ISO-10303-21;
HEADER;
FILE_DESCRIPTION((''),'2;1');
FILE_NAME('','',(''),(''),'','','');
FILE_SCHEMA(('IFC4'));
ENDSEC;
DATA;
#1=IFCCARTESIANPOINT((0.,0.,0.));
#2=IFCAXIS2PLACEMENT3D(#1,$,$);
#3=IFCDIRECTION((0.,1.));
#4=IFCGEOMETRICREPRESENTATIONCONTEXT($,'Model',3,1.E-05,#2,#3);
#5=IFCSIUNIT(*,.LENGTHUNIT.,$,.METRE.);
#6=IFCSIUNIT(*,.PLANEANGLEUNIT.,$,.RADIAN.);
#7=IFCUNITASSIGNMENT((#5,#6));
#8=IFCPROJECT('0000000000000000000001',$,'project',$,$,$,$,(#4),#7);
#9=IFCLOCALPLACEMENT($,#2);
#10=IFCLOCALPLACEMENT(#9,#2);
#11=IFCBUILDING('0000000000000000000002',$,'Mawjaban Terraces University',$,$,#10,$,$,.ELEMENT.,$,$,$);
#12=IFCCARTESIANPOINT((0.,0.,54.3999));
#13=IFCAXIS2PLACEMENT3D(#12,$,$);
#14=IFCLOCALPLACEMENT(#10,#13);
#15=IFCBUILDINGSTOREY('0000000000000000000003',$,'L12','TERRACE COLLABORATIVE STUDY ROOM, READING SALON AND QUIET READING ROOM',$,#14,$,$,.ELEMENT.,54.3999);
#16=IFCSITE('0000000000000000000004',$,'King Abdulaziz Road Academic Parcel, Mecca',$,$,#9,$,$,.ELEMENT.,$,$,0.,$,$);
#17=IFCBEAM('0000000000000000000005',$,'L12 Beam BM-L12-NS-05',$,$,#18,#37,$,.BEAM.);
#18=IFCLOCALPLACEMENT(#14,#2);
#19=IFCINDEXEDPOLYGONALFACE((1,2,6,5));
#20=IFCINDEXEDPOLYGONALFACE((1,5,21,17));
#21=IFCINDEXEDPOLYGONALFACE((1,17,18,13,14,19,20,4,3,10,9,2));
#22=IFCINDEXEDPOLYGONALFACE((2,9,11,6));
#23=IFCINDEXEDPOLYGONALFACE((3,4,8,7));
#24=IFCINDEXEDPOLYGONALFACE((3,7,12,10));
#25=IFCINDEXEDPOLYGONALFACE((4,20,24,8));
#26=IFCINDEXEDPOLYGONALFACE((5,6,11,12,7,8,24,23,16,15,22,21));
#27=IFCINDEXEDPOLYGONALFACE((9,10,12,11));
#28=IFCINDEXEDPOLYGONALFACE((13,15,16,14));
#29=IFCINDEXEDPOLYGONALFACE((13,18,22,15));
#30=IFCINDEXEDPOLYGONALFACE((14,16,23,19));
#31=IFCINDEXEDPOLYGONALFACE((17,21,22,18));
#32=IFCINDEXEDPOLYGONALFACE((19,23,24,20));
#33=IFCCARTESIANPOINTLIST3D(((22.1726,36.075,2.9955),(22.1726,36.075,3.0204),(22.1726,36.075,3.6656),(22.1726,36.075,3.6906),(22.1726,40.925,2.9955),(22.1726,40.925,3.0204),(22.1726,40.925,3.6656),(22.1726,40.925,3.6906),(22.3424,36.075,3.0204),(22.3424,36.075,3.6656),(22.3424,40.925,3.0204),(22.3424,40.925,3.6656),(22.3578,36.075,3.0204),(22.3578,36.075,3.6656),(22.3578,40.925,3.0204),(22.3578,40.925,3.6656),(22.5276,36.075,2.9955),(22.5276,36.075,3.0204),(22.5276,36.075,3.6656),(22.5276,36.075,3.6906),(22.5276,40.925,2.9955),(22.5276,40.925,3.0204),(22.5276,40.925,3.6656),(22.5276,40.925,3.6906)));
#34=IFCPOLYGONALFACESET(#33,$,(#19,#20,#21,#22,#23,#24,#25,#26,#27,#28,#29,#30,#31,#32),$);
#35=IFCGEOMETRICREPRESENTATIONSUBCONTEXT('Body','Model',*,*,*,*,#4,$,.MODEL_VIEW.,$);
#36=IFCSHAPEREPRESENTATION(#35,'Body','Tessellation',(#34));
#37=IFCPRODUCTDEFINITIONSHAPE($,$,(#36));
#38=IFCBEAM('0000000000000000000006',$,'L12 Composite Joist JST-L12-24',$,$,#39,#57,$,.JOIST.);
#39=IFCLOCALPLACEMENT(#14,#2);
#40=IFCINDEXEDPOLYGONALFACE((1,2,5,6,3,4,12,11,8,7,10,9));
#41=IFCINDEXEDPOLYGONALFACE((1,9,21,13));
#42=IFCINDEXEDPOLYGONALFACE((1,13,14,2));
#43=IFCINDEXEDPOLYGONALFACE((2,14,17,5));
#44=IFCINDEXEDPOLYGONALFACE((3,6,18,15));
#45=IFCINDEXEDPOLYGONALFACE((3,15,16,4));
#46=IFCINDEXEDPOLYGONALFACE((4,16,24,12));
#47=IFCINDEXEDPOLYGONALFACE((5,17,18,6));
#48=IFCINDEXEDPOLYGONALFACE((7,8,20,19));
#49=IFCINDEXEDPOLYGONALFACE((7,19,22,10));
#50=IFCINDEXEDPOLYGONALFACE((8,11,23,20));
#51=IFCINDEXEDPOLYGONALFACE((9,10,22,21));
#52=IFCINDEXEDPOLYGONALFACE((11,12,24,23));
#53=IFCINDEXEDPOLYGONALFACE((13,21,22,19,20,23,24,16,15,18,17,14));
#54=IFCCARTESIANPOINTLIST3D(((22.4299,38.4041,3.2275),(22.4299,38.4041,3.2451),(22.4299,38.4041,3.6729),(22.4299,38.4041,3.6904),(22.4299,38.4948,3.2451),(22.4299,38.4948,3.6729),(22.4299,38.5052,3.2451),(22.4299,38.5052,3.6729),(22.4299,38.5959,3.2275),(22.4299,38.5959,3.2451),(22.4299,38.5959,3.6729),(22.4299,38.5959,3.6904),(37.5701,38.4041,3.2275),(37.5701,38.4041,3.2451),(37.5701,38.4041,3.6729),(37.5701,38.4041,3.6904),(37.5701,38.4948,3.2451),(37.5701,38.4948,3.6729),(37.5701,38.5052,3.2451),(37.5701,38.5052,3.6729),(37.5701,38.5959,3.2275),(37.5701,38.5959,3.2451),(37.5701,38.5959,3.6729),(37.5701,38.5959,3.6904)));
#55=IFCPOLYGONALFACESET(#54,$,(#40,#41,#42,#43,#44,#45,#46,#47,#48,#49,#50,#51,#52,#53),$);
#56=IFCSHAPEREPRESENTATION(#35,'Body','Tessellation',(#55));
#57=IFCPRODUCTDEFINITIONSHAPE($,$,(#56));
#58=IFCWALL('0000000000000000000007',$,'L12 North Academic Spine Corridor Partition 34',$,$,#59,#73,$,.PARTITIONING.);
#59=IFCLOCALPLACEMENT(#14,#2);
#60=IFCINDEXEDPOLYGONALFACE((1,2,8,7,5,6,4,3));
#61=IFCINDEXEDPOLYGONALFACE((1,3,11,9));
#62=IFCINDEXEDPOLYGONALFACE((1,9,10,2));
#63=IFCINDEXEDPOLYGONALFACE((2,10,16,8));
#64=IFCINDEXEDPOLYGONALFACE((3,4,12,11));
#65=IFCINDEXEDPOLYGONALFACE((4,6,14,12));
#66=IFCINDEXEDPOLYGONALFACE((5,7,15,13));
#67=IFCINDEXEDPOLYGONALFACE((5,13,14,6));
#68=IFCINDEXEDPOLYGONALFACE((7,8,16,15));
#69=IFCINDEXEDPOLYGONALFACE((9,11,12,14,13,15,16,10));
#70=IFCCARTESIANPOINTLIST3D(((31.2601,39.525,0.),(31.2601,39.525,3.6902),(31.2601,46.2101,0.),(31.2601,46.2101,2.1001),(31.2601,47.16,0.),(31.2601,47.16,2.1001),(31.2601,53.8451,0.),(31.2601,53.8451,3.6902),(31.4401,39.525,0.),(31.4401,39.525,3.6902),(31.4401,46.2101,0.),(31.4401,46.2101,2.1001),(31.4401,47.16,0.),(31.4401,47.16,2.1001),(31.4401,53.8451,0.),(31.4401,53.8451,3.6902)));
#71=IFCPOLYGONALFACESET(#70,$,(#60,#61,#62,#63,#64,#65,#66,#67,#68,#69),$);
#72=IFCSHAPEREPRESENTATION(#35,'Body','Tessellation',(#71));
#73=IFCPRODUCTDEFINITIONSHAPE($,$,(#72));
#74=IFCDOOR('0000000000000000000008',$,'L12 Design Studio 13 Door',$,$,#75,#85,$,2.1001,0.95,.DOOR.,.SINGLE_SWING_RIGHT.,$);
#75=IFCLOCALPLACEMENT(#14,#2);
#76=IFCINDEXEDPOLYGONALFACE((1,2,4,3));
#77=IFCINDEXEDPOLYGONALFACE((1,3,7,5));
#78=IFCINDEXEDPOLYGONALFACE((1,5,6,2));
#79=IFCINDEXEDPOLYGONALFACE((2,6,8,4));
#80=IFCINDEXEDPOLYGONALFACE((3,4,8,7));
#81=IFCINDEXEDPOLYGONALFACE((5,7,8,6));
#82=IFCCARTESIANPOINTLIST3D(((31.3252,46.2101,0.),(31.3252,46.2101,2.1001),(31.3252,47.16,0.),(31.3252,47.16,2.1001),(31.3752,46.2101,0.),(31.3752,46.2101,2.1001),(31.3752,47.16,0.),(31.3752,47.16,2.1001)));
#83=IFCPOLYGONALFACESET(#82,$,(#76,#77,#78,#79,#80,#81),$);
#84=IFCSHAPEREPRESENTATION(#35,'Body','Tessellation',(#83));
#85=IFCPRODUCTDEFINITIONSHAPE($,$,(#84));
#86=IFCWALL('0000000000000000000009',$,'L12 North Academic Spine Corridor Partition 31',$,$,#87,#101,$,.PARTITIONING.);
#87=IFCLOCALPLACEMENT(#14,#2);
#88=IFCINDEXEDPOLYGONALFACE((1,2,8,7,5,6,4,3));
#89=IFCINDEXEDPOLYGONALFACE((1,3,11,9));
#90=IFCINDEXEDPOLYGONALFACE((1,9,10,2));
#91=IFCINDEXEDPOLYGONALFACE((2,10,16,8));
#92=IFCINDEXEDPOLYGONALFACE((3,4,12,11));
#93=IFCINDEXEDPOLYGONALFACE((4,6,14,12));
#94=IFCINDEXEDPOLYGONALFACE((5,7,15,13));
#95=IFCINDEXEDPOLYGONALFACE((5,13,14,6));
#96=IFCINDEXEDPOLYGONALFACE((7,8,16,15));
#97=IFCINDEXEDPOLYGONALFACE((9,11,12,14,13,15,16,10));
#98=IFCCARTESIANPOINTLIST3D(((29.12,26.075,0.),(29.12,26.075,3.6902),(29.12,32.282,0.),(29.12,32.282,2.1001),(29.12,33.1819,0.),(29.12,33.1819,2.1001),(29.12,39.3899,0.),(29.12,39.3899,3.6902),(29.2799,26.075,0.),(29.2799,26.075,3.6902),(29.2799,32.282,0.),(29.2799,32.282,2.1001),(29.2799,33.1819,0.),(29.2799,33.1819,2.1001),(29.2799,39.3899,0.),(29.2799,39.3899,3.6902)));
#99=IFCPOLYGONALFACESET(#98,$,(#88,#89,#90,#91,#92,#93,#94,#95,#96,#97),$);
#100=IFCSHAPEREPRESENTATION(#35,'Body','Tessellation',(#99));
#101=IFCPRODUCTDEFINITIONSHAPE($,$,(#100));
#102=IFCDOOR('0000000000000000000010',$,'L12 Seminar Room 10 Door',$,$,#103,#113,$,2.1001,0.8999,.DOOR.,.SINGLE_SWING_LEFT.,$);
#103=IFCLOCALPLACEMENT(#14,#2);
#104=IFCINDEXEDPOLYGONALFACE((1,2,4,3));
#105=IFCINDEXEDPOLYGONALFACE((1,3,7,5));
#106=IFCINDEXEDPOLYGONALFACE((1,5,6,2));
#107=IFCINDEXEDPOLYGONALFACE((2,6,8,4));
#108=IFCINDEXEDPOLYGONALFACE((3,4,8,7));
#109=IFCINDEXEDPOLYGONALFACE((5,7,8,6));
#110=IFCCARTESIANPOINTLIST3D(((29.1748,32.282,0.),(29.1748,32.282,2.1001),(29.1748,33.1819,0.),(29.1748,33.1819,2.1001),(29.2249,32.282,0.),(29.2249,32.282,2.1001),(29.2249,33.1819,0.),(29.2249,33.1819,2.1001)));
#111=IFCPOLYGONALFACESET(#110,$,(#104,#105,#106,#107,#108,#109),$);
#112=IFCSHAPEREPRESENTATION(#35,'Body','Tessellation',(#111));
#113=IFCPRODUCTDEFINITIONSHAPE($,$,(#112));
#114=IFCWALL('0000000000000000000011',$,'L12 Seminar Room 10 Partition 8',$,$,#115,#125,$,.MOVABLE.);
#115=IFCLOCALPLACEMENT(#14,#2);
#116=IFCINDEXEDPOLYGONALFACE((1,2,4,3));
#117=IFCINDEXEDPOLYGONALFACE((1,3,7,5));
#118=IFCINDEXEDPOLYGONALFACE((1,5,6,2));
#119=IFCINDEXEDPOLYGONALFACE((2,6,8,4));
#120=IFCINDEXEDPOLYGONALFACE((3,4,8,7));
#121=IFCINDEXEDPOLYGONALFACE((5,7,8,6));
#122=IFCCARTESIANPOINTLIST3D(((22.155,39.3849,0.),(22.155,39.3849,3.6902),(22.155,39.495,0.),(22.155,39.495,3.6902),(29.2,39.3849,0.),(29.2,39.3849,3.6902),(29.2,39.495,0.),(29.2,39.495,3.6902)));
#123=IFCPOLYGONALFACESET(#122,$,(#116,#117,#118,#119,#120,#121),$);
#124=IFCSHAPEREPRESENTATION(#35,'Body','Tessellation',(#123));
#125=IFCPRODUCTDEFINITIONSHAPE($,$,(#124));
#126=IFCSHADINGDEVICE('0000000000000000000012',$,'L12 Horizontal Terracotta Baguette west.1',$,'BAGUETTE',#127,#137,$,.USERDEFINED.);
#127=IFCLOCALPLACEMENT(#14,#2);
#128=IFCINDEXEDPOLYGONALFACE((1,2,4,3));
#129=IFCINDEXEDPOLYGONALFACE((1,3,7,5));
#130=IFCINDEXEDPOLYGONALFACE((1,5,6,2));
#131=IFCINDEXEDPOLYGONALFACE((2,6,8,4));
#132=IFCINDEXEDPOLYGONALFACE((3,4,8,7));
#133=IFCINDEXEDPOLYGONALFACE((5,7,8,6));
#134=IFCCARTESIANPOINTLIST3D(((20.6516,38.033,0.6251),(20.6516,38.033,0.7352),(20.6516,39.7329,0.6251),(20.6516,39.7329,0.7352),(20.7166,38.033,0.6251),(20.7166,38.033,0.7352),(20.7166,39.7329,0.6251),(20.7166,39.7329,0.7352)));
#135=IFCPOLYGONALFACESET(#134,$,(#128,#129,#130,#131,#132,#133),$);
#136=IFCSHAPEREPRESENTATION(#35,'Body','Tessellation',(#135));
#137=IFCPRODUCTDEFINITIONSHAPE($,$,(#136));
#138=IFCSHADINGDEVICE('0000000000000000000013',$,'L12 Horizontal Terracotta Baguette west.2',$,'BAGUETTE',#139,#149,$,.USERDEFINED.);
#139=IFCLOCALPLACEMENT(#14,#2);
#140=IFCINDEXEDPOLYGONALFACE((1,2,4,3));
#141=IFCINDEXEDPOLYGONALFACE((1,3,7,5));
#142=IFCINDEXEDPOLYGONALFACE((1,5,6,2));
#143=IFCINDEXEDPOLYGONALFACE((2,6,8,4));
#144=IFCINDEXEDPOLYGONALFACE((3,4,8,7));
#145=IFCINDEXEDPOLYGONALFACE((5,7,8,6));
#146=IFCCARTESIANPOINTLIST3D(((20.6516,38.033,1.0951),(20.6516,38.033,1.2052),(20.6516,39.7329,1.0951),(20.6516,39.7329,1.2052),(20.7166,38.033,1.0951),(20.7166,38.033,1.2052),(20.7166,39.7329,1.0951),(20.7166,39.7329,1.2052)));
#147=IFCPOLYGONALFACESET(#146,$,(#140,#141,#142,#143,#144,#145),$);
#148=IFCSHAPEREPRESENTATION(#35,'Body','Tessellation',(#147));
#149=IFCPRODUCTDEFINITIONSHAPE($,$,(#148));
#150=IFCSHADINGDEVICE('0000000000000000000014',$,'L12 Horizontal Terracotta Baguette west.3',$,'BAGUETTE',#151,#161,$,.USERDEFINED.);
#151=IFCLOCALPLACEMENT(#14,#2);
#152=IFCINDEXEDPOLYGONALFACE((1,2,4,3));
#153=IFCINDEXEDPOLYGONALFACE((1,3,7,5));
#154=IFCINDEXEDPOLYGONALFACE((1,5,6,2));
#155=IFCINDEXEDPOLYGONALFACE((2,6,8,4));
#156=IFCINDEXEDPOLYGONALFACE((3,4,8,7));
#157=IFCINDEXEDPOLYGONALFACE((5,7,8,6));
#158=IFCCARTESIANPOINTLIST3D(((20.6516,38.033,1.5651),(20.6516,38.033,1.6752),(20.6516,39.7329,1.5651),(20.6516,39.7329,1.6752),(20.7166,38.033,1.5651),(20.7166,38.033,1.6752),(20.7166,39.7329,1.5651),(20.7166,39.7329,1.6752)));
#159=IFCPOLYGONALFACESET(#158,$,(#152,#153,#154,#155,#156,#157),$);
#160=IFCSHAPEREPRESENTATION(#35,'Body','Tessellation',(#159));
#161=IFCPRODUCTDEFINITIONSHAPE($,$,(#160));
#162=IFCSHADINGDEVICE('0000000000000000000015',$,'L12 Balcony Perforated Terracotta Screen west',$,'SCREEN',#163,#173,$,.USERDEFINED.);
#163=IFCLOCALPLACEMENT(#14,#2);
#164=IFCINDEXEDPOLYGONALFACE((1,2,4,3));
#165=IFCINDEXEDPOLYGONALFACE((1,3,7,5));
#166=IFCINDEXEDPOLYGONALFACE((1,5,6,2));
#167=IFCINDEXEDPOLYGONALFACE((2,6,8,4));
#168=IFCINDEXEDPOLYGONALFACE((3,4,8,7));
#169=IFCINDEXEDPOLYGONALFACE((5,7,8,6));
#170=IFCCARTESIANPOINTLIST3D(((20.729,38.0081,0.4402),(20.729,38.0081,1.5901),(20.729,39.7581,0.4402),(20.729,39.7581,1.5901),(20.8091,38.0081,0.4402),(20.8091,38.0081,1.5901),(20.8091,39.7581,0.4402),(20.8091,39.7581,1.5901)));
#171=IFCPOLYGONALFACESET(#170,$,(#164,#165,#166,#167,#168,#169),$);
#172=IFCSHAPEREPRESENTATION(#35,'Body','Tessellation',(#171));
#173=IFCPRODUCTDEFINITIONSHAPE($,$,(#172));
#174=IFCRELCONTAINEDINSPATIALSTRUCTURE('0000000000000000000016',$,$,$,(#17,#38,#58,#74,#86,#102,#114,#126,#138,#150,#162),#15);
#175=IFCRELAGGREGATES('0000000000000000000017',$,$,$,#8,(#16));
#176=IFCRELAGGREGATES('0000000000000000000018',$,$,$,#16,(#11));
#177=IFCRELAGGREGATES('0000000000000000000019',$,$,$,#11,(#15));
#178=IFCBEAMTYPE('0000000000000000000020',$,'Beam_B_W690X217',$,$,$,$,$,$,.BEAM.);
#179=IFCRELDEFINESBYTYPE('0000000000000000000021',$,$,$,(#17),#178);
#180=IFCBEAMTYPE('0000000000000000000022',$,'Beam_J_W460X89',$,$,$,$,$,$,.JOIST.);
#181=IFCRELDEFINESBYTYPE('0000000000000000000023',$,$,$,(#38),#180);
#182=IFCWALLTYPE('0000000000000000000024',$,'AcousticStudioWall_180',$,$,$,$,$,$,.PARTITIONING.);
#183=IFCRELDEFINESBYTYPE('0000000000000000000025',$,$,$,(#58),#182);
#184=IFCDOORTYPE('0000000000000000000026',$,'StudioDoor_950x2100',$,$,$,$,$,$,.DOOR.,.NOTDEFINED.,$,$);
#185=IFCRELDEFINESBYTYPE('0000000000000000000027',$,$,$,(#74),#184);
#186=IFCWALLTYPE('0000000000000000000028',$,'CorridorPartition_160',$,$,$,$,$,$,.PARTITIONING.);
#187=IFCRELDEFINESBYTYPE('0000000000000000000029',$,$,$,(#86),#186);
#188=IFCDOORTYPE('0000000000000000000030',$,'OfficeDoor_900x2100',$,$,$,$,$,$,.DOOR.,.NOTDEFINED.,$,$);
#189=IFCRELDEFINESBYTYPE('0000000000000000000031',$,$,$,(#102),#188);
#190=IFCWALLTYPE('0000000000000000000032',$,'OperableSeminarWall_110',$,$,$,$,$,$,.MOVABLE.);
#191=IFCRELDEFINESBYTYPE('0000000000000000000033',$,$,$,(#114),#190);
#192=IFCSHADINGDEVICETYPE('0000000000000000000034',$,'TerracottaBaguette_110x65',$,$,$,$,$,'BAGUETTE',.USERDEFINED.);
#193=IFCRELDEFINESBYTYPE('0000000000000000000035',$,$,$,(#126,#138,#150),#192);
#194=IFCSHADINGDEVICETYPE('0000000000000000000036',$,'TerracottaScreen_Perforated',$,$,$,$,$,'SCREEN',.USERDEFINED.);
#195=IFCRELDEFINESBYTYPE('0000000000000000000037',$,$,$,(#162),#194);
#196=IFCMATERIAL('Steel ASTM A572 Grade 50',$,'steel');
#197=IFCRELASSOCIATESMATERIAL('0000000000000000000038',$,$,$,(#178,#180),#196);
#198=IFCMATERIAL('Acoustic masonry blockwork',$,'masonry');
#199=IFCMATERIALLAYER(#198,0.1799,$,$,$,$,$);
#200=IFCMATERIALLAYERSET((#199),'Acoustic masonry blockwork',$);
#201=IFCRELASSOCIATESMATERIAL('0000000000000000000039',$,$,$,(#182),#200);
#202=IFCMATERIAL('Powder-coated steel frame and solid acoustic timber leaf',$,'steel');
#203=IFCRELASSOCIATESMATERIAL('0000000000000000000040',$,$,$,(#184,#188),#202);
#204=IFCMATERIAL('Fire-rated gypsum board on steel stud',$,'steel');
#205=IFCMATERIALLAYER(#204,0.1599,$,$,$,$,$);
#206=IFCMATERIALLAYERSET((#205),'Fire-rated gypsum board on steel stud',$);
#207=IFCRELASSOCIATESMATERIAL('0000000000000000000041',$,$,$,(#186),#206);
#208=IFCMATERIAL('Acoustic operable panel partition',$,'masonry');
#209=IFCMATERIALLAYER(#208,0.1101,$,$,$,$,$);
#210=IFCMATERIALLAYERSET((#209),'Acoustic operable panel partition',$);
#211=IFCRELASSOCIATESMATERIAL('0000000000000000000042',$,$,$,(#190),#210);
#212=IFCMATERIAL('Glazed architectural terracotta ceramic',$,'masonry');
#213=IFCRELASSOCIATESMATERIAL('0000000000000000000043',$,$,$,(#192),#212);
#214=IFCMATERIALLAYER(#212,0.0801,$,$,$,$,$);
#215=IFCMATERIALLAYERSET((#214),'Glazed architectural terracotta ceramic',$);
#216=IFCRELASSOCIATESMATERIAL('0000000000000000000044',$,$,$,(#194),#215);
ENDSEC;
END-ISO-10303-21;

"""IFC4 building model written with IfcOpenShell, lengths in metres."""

from ifc_helpers import new_model, si_unit, direction, frame, frame_2d, origin, origin_2d, place, context, subcontext, project, spatial, rectangle, i_section, extrude, material, layer, layer_set, material_profile, profile_set, type_object, element, fill, save


model = new_model("IFC4")

# Units and contexts
model_context = context("Model", 3, precision=1e-05, world=origin(), true_north=direction((0.0, 1.0)))
body_context = subcontext(model_context, "Body", "Model", "MODEL_VIEW")
ifc_project = project(units=[si_unit("LENGTHUNIT", "METRE"), si_unit("PLANEANGLEUNIT", "RADIAN")], contexts=[model_context])

# Site, building, storey
site_placement = place(None, origin())
site = spatial("IfcSite", under=ifc_project, at=site_placement, Name="King Abdulaziz Road Academic Parcel, Mecca", CompositionType="ELEMENT", RefElevation=0.0)
building_placement = place(site_placement, origin())
building = spatial("IfcBuilding", under=site, at=building_placement, Name="Mawjaban Terraces University", CompositionType="ELEMENT")
storey_placement = place(building_placement, frame((0.0, 0.0, 54.3999)))
storey = spatial("IfcBuildingStorey", under=building, at=storey_placement, Name="L12", Description="TERRACE COLLABORATIVE STUDY ROOM, READING SALON AND QUIET READING ROOM", CompositionType="ELEMENT", Elevation=54.3999)

# Beams
ifc_material_1 = material(Name="Steel ASTM A572 Grade 50", Category="steel")
ifc_material_profile_1 = material_profile(ifc_material_1, i_section(OverallWidth=0.355, OverallDepth=0.6951, WebThickness=0.0154, FlangeThickness=0.0249, at=origin_2d()), Name="W690X217")
ifc_profile_set_1 = profile_set([ifc_material_profile_1], Name="Steel ASTM A572 Grade 50")
beam_type_1 = type_object("IfcBeamType", Name="Beam_B_W690X217", PredefinedType="BEAM", material=ifc_profile_set_1)
beam_1_placement = place(storey_placement, frame((22.3501, 36.075, 3.343), z_axis=(0.0, 1.0, 0.0), x_axis=(-1.0, 0.0, 0.0)))
element("IfcBeam", 1, at=beam_1_placement, inside=storey, type_object=beam_type_1, Name="L12 Beam BM-L12-NS-05", PredefinedType="BEAM", context=body_context, shape_type="SweptSolid", body=[
    extrude(i_section(OverallWidth=0.355, OverallDepth=0.6951, WebThickness=0.0154, FlangeThickness=0.0249, at=origin_2d()), origin(), (0.0, 0.0, 1.0), 4.8501),
])
ifc_material_profile_2 = material_profile(ifc_material_1, i_section(OverallWidth=0.1919, OverallDepth=0.4629, WebThickness=0.0105, FlangeThickness=0.0176, at=origin_2d()), Name="W460X89")
ifc_profile_set_2 = profile_set([ifc_material_profile_2], Name="Steel ASTM A572 Grade 50")
beam_type_2 = type_object("IfcBeamType", Name="Beam_J_W460X89", PredefinedType="JOIST", material=ifc_profile_set_2)
beam_2_placement = place(storey_placement, frame((22.4299, 38.5, 3.459), z_axis=(1.0, 0.0, 0.0), x_axis=(0.0, 1.0, 0.0)))
element("IfcBeam", 2, at=beam_2_placement, inside=storey, type_object=beam_type_2, Name="L12 Composite Joist JST-L12-24", PredefinedType="JOIST", context=body_context, shape_type="SweptSolid", body=[
    extrude(i_section(OverallWidth=0.1919, OverallDepth=0.4629, WebThickness=0.0105, FlangeThickness=0.0176, at=origin_2d()), origin(), (0.0, 0.0, 1.0), 15.1401),
])

# Walls, openings, doors
ifc_material_2 = material(Name="Acoustic masonry blockwork", Category="masonry")
ifc_layer_1 = layer(ifc_material_2, 0.1799)
ifc_layer_set_1 = layer_set([ifc_layer_1], Name="Acoustic masonry blockwork")
wall_type_1 = type_object("IfcWallType", Name="AcousticStudioWall_180", PredefinedType="PARTITIONING", material=ifc_layer_set_1)
wall_1_placement = place(storey_placement, frame((31.3501, 39.5249, 0.0), z_axis=(0.0, 0.0, 1.0), x_axis=(0.0, 1.0, 0.0)))
wall_1 = element("IfcWall", 3, at=wall_1_placement, inside=storey, type_object=wall_type_1, Name="L12 North Academic Spine Corridor Partition 34", PredefinedType="PARTITIONING", context=body_context, shape_type="SweptSolid", body=[
    extrude(rectangle(XDim=14.3201, YDim=0.1799, at=frame_2d((7.1602, 0.0))), origin(), (0.0, 0.0, 1.0), 3.6902),
])
opening_1_placement = place(wall_1_placement, frame((6.6851, 0.0, 0.0)))
opening_1 = element("IfcOpeningElement", 4, at=opening_1_placement, cuts=wall_1, PredefinedType="OPENING", context=body_context, shape_type="SweptSolid", body=[
    extrude(rectangle(XDim=0.95, YDim=2.1001, at=frame_2d((0.4751, 1.05))), frame((0.0, 0.0999, 0.0), z_axis=(0.0, -1.0, 0.0), x_axis=(1.0, 0.0, 0.0)), (0.0, 0.0, 1.0), 0.2),
])
ifc_material_3 = material(Name="Powder-coated steel frame and solid acoustic timber leaf", Category="steel")
door_type_1 = type_object("IfcDoorType", Name="StudioDoor_950x2100", OperationType="NOTDEFINED", PredefinedType="DOOR", material=ifc_material_3)
door_1_placement = place(opening_1_placement, origin())
door_1 = element("IfcDoor", 5, at=door_1_placement, inside=storey, type_object=door_type_1, Name="L12 Design Studio 13 Door", OperationType="SINGLE_SWING_RIGHT", OverallHeight=2.1001, OverallWidth=0.95, PredefinedType="DOOR", context=body_context, shape_type="SweptSolid", body=[
    extrude(rectangle(XDim=0.95, YDim=2.1001, at=frame_2d((0.4751, 1.05))), frame((0.0, 0.0249, 0.0), z_axis=(0.0, -1.0, 0.0), x_axis=(1.0, 0.0, 0.0)), (0.0, 0.0, 1.0), 0.05),
])
fill(opening_1, door_1)
ifc_material_4 = material(Name="Fire-rated gypsum board on steel stud", Category="steel")
ifc_layer_2 = layer(ifc_material_4, 0.1599)
ifc_layer_set_2 = layer_set([ifc_layer_2], Name="Fire-rated gypsum board on steel stud")
wall_type_2 = type_object("IfcWallType", Name="CorridorPartition_160", PredefinedType="PARTITIONING", material=ifc_layer_set_2)
wall_2_placement = place(storey_placement, frame((29.2, 39.3899, 0.0), z_axis=(0.0, 0.0, 1.0), x_axis=(0.0, -1.0, 0.0)))
wall_2 = element("IfcWall", 6, at=wall_2_placement, inside=storey, type_object=wall_type_2, Name="L12 North Academic Spine Corridor Partition 31", PredefinedType="PARTITIONING", context=body_context, shape_type="SweptSolid", body=[
    extrude(rectangle(XDim=13.3149, YDim=0.1599, at=frame_2d((6.6575, 0.0))), origin(), (0.0, 0.0, 1.0), 3.6902),
])
opening_2_placement = place(wall_2_placement, frame((6.208, 0.0, 0.0)))
opening_2 = element("IfcOpeningElement", 7, at=opening_2_placement, cuts=wall_2, PredefinedType="OPENING", context=body_context, shape_type="SweptSolid", body=[
    extrude(rectangle(XDim=0.8999, YDim=2.1001, at=frame_2d((0.45, 1.05))), frame((0.0, 0.0898, 0.0), z_axis=(0.0, -1.0, 0.0), x_axis=(1.0, 0.0, 0.0)), (0.0, 0.0, 1.0), 0.1799),
])
door_type_2 = type_object("IfcDoorType", Name="OfficeDoor_900x2100", OperationType="NOTDEFINED", PredefinedType="DOOR", material=ifc_material_3)
door_2_placement = place(opening_2_placement, origin())
door_2 = element("IfcDoor", 8, at=door_2_placement, inside=storey, type_object=door_type_2, Name="L12 Seminar Room 10 Door", OperationType="SINGLE_SWING_LEFT", OverallHeight=2.1001, OverallWidth=0.8999, PredefinedType="DOOR", context=body_context, shape_type="SweptSolid", body=[
    extrude(rectangle(XDim=0.8999, YDim=2.1001, at=frame_2d((0.45, 1.05))), frame((0.0, 0.0249, 0.0), z_axis=(0.0, -1.0, 0.0), x_axis=(1.0, 0.0, 0.0)), (0.0, 0.0, 1.0), 0.05),
])
fill(opening_2, door_2)

# Wall
ifc_material_5 = material(Name="Acoustic operable panel partition", Category="masonry")
ifc_layer_3 = layer(ifc_material_5, 0.1101)
ifc_layer_set_3 = layer_set([ifc_layer_3], Name="Acoustic operable panel partition")
wall_type_3 = type_object("IfcWallType", Name="OperableSeminarWall_110", PredefinedType="MOVABLE", material=ifc_layer_set_3)
wall_3_placement = place(storey_placement, frame((29.2, 39.4399, 0.0), z_axis=(0.0, 0.0, 1.0), x_axis=(-1.0, 0.0, 0.0)))
element("IfcWall", 9, at=wall_3_placement, inside=storey, type_object=wall_type_3, Name="L12 Seminar Room 10 Partition 8", PredefinedType="MOVABLE", context=body_context, shape_type="SweptSolid", body=[
    extrude(rectangle(XDim=7.0449, YDim=0.1101, at=frame_2d((3.5225, 0.0))), origin(), (0.0, 0.0, 1.0), 3.6902),
])

# Shading devices
ifc_material_6 = material(Name="Glazed architectural terracotta ceramic", Category="masonry")
ifc_material_profile_3 = material_profile(ifc_material_6, rectangle(XDim=0.0649, YDim=0.1101, at=origin_2d()), Name="TBAG110X65")
ifc_profile_set_3 = profile_set([ifc_material_profile_3], Name="Glazed architectural terracotta ceramic")
shading_device_type_1 = type_object("IfcShadingDeviceType", Name="TerracottaBaguette_110x65", ElementType="BAGUETTE", PredefinedType="USERDEFINED", material=ifc_profile_set_3)
for number, where, z_axis, x_axis, name in (
    (10, (20.6841, 38.033, 0.6802), (0.0, 1.0, 0.0), (-1.0, 0.0, 0.0), "L12 Horizontal Terracotta Baguette west.1"),
    (11, (20.6841, 38.033, 1.1501), (0.0, 1.0, 0.0), (-1.0, 0.0, 0.0), "L12 Horizontal Terracotta Baguette west.2"),
    (12, (20.6841, 38.033, 1.6201), (0.0, 1.0, 0.0), (-1.0, 0.0, 0.0), "L12 Horizontal Terracotta Baguette west.3"),
):
    element("IfcShadingDevice", number, at=place(storey_placement, frame(where, z_axis=z_axis, x_axis=x_axis)), inside=storey, type_object=shading_device_type_1, Name=name, ObjectType="BAGUETTE", PredefinedType="USERDEFINED", context=body_context, shape_type="SweptSolid", body=[
        extrude(rectangle(XDim=0.0649, YDim=0.1101, at=origin_2d()), origin(), (0.0, 0.0, 1.0), 1.7),
    ])
ifc_layer_4 = layer(ifc_material_6, 0.0801)
ifc_layer_set_4 = layer_set([ifc_layer_4], Name="Glazed architectural terracotta ceramic")
shading_device_type_2 = type_object("IfcShadingDeviceType", Name="TerracottaScreen_Perforated", ElementType="SCREEN", PredefinedType="USERDEFINED", material=ifc_layer_set_4)
shading_device_placement = place(storey_placement, frame((20.769, 38.8831, 0.4402), z_axis=(0.0, 0.0, 1.0), x_axis=(0.0, 1.0, 0.0)))
element("IfcShadingDevice", 13, at=shading_device_placement, inside=storey, type_object=shading_device_type_2, Name="L12 Balcony Perforated Terracotta Screen west", ObjectType="SCREEN", PredefinedType="USERDEFINED", context=body_context, shape_type="SweptSolid", body=[
    extrude(rectangle(XDim=1.75, YDim=0.0801, at=origin_2d()), origin(), (0.0, 0.0, 1.0), 1.1499),
])

save(model, "model.ifc")
